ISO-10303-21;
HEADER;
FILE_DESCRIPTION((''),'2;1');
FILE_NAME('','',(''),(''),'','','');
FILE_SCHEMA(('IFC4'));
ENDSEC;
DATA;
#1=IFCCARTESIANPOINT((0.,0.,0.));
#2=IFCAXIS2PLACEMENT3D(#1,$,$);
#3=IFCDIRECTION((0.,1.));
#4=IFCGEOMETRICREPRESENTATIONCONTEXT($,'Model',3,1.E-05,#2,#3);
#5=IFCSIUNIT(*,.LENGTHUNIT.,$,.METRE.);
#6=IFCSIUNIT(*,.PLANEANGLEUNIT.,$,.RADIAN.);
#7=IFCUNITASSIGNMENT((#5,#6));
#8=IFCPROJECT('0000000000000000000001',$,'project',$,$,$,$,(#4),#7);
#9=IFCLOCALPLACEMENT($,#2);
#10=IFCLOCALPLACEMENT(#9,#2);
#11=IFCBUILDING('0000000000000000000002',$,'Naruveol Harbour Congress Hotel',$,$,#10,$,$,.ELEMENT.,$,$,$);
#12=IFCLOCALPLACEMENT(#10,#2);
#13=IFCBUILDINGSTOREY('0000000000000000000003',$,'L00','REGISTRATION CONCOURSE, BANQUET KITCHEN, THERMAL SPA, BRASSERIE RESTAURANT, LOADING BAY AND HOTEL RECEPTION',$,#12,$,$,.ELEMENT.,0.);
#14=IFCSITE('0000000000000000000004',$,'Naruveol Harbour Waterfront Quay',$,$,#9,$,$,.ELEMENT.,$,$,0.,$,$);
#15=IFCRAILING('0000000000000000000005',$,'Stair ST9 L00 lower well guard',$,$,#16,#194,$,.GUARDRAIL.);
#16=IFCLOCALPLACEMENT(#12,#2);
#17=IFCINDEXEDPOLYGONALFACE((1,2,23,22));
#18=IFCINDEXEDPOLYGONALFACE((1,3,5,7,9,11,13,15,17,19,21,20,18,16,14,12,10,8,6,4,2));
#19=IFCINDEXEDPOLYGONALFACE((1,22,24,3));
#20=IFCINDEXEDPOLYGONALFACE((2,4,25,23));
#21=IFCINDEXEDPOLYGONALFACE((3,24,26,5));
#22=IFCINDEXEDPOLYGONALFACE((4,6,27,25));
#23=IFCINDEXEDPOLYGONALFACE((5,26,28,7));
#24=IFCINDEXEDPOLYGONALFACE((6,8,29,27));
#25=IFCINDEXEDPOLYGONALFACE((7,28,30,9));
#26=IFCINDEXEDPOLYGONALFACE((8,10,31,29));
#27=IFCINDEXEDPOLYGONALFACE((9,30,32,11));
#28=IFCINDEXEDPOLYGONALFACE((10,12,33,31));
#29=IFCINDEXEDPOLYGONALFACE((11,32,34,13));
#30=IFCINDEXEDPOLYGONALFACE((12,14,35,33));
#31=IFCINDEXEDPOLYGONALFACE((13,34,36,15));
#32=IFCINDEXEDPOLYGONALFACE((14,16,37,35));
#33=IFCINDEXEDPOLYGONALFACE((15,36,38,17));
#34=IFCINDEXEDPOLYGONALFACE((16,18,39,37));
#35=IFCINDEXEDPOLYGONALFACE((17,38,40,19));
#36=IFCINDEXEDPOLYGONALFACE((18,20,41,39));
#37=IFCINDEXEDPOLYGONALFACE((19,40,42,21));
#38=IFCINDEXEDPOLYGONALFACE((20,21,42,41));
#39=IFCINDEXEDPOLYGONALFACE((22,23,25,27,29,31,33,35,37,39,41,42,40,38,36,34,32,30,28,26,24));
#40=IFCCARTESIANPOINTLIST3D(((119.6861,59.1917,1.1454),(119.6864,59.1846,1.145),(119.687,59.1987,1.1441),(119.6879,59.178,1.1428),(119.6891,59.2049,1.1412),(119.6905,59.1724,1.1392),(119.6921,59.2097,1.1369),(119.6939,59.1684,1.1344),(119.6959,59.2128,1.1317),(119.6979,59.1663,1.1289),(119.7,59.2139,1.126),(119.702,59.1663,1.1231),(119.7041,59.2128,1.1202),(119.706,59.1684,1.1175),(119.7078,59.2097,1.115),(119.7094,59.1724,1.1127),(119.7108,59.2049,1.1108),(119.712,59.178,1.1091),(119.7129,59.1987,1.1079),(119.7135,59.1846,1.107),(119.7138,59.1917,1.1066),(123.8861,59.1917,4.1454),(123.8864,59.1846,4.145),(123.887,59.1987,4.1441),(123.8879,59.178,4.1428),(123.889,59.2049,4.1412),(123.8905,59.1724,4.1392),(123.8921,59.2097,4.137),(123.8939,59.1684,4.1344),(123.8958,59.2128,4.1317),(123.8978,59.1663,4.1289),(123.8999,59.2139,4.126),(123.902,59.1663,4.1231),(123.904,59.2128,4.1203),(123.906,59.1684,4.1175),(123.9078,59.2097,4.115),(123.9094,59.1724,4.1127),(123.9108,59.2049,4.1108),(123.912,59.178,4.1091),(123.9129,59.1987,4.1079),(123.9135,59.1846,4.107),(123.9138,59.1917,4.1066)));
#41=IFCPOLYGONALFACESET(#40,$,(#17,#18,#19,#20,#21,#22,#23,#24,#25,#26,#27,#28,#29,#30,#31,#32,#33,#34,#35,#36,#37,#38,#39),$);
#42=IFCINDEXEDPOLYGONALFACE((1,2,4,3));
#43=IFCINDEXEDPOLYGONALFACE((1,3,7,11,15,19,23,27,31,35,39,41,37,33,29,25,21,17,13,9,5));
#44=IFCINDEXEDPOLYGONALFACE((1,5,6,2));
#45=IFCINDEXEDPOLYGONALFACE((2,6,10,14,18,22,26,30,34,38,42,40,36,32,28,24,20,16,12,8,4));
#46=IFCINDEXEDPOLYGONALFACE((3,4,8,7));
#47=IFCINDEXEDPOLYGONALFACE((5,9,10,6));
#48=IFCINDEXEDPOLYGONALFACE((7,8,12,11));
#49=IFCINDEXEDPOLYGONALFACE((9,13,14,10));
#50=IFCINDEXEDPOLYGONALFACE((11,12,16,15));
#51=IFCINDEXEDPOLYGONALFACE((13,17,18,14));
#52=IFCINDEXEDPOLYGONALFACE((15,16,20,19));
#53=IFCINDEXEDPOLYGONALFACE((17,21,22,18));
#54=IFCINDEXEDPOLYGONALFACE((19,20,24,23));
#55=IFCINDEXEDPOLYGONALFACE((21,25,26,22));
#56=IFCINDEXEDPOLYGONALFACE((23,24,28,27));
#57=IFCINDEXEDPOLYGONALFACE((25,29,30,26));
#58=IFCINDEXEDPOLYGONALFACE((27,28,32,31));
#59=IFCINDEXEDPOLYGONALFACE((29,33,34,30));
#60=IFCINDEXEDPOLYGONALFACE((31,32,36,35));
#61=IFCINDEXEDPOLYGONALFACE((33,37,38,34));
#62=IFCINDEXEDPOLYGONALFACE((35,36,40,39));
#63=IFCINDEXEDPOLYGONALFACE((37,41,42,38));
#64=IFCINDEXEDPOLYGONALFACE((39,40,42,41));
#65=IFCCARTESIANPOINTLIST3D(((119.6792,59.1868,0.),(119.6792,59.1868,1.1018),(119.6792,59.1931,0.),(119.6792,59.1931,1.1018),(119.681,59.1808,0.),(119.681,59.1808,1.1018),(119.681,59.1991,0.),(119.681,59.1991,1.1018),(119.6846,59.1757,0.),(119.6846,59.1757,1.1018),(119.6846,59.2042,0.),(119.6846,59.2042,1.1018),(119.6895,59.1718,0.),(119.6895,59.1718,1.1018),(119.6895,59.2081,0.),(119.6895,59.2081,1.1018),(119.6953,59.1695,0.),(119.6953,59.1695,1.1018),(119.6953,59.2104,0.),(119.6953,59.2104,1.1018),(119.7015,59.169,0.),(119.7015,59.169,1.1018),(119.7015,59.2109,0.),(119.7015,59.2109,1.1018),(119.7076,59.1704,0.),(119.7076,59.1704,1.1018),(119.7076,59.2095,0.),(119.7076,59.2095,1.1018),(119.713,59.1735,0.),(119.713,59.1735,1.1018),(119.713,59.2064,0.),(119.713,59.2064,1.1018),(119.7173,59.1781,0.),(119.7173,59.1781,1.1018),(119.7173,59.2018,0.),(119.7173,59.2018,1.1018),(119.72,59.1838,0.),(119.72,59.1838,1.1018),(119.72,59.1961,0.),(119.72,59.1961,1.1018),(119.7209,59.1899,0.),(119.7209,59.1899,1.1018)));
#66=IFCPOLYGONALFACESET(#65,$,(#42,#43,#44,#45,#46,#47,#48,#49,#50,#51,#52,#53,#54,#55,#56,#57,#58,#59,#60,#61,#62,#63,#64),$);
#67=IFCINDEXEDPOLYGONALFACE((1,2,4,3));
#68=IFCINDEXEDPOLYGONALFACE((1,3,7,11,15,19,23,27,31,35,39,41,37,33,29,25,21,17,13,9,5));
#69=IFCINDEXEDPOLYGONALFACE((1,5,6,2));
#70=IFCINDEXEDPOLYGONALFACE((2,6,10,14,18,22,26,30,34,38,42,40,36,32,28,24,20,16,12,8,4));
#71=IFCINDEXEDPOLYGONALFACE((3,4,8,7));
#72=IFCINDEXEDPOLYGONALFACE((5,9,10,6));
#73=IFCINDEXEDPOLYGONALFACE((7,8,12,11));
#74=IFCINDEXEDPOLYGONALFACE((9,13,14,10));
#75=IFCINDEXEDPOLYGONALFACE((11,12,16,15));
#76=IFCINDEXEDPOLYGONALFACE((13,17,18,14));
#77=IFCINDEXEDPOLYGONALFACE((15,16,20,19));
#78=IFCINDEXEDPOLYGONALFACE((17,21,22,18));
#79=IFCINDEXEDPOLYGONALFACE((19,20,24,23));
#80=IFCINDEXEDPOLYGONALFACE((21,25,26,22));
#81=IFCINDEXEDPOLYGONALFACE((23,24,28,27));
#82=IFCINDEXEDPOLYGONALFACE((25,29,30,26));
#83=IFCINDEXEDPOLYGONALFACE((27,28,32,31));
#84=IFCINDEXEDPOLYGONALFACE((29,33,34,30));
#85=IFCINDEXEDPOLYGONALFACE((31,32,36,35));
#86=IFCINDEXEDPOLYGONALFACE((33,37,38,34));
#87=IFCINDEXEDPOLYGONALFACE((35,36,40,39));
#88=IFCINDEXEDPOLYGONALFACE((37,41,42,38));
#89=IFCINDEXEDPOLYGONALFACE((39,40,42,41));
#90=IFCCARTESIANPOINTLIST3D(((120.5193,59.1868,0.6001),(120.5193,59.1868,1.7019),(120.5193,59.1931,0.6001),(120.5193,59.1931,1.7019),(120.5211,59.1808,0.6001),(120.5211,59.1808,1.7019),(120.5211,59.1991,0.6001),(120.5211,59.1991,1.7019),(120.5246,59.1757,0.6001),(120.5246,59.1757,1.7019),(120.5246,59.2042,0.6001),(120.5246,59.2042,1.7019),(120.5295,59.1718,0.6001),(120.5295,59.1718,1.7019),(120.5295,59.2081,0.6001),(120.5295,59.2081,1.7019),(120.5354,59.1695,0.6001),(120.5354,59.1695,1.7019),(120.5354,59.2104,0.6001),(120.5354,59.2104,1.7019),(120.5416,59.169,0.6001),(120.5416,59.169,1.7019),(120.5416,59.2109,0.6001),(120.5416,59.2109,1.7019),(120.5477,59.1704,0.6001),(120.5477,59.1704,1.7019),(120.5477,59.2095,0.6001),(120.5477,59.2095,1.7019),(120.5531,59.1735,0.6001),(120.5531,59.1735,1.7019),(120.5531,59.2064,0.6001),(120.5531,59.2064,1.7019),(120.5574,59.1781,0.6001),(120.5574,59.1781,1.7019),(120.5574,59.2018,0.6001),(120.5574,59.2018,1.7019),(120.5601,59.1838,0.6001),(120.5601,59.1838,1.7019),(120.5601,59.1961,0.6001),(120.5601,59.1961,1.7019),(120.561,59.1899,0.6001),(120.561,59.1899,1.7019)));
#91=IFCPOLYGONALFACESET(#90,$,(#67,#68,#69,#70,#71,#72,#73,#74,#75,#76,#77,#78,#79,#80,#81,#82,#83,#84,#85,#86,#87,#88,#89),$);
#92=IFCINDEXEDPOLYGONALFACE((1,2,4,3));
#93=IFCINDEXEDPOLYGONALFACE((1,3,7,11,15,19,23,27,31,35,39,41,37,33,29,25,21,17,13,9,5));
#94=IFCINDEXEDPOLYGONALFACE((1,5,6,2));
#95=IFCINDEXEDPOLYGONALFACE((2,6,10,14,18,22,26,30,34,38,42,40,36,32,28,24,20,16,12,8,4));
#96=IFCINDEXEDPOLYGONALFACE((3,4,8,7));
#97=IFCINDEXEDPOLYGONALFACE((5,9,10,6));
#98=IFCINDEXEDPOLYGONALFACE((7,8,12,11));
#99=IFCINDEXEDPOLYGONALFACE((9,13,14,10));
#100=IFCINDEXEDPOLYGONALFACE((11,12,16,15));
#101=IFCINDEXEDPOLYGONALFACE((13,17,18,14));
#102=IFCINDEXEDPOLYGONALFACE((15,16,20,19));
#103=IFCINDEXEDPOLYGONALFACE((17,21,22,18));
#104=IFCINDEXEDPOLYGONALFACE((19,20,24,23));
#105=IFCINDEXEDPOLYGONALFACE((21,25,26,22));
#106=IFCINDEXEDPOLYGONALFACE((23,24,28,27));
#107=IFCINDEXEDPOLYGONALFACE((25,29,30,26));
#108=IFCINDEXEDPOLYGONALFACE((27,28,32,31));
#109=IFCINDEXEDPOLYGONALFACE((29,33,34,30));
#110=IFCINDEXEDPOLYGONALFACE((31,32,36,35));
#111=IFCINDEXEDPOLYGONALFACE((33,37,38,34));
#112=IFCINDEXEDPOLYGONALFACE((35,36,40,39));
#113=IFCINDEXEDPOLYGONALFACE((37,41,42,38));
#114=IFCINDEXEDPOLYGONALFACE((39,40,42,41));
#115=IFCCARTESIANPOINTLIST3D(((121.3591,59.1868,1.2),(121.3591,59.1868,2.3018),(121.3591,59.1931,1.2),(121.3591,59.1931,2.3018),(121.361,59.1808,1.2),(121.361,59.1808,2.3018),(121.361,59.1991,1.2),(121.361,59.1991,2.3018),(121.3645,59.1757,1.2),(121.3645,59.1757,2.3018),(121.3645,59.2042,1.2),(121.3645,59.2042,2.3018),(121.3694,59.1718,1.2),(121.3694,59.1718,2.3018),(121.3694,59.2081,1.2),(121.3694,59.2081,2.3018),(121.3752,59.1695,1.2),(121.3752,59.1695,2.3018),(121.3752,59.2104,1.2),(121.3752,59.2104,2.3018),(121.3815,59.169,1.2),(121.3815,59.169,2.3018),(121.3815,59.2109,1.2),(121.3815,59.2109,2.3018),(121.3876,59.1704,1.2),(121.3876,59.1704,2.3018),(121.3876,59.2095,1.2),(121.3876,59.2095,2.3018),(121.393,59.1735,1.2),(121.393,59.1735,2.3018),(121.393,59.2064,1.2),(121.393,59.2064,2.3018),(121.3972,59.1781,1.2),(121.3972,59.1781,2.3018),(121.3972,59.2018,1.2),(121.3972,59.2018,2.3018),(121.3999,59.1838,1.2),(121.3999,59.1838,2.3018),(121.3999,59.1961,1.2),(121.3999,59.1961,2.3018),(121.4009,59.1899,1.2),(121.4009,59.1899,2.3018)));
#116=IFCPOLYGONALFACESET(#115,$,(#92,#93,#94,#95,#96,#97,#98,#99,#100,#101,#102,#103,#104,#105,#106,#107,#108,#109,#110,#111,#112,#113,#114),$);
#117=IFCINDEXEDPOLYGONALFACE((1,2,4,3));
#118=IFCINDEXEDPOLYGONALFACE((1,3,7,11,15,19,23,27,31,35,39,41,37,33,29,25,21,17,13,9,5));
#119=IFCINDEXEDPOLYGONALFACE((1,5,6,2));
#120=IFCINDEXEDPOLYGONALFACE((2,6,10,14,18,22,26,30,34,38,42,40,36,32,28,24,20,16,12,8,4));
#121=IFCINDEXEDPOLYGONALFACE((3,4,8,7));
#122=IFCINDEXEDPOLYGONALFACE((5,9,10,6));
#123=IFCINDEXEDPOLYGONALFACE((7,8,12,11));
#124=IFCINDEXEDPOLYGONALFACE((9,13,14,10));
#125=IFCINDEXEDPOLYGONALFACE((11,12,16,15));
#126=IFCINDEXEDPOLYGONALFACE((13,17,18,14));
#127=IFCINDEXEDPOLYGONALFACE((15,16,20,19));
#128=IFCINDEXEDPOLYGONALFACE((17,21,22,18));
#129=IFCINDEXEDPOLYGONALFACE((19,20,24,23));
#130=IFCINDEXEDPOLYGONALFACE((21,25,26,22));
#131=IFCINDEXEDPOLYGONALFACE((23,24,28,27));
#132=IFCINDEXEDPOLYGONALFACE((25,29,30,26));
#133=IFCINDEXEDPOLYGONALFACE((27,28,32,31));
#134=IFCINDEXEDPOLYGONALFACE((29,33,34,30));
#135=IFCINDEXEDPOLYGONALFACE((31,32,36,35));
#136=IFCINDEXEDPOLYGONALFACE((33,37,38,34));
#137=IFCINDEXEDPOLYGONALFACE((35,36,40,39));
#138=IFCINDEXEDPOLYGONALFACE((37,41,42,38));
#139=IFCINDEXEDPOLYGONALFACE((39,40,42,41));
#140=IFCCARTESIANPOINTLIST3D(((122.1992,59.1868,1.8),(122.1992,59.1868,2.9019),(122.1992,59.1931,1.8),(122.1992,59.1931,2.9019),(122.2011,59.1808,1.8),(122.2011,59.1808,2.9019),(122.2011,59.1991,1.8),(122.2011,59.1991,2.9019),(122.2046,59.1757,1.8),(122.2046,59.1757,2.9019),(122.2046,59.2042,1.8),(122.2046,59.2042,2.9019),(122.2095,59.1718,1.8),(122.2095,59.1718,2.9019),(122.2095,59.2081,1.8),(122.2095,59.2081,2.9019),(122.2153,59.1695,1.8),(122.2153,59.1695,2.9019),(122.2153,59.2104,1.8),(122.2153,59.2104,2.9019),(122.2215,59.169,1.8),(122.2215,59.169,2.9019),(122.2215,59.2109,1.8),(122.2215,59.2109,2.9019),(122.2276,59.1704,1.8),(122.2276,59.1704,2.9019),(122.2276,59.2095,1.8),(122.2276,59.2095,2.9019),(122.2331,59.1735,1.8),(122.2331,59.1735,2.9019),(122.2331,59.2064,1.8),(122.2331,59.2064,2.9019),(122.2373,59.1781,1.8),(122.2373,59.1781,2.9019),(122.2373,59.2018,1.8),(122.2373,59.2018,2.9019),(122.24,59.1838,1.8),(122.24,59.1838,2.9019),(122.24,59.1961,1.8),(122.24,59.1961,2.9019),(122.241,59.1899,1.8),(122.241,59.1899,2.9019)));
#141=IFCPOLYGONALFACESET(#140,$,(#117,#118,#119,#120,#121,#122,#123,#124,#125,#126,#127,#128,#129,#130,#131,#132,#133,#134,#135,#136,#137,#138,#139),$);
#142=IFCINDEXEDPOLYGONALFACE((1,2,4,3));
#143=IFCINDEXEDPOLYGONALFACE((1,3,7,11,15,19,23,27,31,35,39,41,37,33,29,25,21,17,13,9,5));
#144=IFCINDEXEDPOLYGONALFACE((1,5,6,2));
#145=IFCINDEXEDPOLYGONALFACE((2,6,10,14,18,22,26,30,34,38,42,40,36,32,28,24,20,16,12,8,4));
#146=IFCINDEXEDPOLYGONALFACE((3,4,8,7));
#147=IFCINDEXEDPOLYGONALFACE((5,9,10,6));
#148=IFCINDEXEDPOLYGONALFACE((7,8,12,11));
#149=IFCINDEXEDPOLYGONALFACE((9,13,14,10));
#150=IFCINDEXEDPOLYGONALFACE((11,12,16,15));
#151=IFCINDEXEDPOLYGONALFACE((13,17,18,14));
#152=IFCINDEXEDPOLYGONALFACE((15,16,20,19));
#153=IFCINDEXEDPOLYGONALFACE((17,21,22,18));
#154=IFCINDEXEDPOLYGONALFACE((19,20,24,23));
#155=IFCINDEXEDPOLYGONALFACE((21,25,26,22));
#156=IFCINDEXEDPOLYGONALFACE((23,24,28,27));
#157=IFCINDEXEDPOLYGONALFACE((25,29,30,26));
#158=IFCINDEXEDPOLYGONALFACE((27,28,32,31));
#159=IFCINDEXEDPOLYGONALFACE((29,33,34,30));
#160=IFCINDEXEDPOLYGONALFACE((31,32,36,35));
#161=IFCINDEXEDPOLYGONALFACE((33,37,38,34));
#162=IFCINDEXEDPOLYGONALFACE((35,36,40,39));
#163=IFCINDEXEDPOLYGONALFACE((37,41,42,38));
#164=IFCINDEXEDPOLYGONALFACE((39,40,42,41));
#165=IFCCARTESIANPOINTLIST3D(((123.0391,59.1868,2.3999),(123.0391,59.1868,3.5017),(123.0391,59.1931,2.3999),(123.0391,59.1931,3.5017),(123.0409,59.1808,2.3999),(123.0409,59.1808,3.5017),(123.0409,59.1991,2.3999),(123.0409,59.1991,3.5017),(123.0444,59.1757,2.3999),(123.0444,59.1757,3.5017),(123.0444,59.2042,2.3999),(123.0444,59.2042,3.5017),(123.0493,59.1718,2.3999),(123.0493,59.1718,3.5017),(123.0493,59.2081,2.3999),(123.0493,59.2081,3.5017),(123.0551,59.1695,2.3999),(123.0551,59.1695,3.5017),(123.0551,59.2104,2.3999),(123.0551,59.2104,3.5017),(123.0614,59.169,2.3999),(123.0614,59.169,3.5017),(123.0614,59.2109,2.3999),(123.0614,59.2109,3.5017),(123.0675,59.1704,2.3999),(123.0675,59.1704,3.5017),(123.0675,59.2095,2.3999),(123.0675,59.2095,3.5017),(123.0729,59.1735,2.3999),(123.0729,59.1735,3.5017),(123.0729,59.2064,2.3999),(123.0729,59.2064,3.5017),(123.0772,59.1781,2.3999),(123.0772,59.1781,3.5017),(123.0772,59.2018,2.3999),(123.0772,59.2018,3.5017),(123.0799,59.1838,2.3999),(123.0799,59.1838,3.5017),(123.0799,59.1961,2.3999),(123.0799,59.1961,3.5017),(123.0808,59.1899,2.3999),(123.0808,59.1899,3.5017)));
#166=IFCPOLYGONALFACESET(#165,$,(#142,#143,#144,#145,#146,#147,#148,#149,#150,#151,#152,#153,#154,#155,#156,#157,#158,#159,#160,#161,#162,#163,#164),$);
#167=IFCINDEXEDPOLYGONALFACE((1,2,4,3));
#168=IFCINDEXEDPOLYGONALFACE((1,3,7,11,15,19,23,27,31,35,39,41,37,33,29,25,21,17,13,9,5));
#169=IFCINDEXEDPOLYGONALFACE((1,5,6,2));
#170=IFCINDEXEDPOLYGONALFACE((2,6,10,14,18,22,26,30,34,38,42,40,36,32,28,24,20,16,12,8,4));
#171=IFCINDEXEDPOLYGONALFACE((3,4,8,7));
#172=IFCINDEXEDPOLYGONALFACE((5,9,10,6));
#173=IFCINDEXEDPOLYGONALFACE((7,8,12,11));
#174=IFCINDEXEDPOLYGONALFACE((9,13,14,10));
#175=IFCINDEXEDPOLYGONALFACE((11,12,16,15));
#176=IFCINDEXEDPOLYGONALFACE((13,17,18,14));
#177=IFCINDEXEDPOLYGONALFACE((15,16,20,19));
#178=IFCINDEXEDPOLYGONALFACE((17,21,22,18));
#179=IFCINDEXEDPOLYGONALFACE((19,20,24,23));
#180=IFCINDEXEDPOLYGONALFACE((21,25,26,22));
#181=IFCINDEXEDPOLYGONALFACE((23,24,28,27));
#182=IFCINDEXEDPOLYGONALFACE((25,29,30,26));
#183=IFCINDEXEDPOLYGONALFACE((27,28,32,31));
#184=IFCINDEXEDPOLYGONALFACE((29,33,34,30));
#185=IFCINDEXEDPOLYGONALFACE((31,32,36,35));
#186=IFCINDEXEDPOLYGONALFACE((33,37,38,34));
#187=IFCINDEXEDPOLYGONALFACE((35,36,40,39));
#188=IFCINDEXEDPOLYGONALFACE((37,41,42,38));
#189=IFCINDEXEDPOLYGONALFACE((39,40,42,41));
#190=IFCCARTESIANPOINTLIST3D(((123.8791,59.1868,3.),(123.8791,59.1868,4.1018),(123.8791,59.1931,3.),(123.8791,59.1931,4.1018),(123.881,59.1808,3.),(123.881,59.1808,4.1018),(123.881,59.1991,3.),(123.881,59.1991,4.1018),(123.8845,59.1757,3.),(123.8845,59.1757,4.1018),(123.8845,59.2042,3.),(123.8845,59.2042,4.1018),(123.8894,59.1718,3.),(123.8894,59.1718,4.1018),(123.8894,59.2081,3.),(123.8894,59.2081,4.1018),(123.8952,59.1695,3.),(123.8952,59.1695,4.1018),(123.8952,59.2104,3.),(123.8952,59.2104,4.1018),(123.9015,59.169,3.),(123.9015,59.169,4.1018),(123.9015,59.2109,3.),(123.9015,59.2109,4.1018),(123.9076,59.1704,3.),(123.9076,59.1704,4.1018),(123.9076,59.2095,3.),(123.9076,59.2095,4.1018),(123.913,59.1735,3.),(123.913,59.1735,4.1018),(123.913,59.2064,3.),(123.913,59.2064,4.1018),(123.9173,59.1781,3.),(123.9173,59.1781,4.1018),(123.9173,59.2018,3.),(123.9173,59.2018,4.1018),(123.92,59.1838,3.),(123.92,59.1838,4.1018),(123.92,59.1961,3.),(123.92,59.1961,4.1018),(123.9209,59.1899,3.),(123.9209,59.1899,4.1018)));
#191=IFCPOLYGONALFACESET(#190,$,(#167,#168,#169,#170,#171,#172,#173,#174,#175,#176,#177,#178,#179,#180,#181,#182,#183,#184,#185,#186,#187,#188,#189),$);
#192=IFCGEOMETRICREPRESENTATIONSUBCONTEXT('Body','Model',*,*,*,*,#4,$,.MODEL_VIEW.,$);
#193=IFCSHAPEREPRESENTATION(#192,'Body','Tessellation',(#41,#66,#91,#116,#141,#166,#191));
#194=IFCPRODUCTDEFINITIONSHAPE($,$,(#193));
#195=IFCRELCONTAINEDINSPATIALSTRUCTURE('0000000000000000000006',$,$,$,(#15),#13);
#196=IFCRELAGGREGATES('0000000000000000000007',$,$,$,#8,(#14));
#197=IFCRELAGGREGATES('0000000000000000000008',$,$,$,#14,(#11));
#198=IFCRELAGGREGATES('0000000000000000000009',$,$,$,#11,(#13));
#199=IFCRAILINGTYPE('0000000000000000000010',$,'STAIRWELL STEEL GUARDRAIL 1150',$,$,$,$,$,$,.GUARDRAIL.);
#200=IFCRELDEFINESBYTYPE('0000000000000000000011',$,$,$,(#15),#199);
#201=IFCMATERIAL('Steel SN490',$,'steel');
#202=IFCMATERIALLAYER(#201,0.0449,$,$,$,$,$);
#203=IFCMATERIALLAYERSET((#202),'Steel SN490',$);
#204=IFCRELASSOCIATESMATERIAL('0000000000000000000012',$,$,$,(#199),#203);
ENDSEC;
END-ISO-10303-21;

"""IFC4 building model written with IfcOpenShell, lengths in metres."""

from ifc_helpers import new_model, si_unit, direction, frame, origin, origin_2d, place, context, subcontext, project, spatial, circle, extrude, material, layer, layer_set, type_object, element, save


model = new_model("IFC4")

# Units and contexts
model_context = context("Model", 3, precision=1e-05, world=origin(), true_north=direction((0.0, 1.0)))
body_context = subcontext(model_context, "Body", "Model", "MODEL_VIEW")
ifc_project = project(units=[si_unit("LENGTHUNIT", "METRE"), si_unit("PLANEANGLEUNIT", "RADIAN")], contexts=[model_context])

# Site, building, storey
site_placement = place(None, origin())
site = spatial("IfcSite", under=ifc_project, at=site_placement, Name="Naruveol Harbour Waterfront Quay", CompositionType="ELEMENT", RefElevation=0.0)
building_placement = place(site_placement, origin())
building = spatial("IfcBuilding", under=site, at=building_placement, Name="Naruveol Harbour Congress Hotel", CompositionType="ELEMENT")
storey_placement = place(building_placement, origin())
storey = spatial("IfcBuildingStorey", under=building, at=storey_placement, Name="L00", Description="REGISTRATION CONCOURSE, BANQUET KITCHEN, THERMAL SPA, BRASSERIE RESTAURANT, LOADING BAY AND HOTEL RECEPTION", CompositionType="ELEMENT", Elevation=0.0)

# Railing
ifc_material_1 = material(Name="Steel SN490", Category="steel")
ifc_layer_1 = layer(ifc_material_1, 0.0449)
ifc_layer_set_1 = layer_set([ifc_layer_1], Name="Steel SN490")
railing_type_1 = type_object("IfcRailingType", Name="STAIRWELL STEEL GUARDRAIL 1150", PredefinedType="GUARDRAIL", material=ifc_layer_set_1)
railing_1_placement = place(storey_placement, frame((119.7, 59.1899, 0.0)))
element("IfcRailing", 1, at=railing_1_placement, inside=storey, type_object=railing_type_1, Name="Stair ST9 L00 lower well guard", PredefinedType="GUARDRAIL", context=body_context, shape_type="SweptSolid", body=[
    extrude(circle(Radius=0.0239, at=origin_2d()), frame((0.0, 0.0, 1.126), z_axis=(0.81373, 0.0, 0.581243), x_axis=(0.0, 1.0, 0.0)), (0.0, 0.0, 1.0), 5.1614),
    extrude(circle(Radius=0.021, at=origin_2d()), origin(), (0.0, 0.0, 1.0), 1.1018),
    extrude(circle(Radius=0.021, at=origin_2d()), frame((0.8401, 0.0, 0.6001)), (0.0, 0.0, 1.0), 1.1018),
    extrude(circle(Radius=0.021, at=origin_2d()), frame((1.6799, 0.0, 1.2)), (0.0, 0.0, 1.0), 1.1018),
    extrude(circle(Radius=0.021, at=origin_2d()), frame((2.52, 0.0, 1.8)), (0.0, 0.0, 1.0), 1.1018),
    extrude(circle(Radius=0.021, at=origin_2d()), frame((3.3599, 0.0, 2.3999)), (0.0, 0.0, 1.0), 1.1018),
    extrude(circle(Radius=0.021, at=origin_2d()), frame((4.2, 0.0, 3.0)), (0.0, 0.0, 1.0), 1.1018),
])

save(model, "model.ifc")
